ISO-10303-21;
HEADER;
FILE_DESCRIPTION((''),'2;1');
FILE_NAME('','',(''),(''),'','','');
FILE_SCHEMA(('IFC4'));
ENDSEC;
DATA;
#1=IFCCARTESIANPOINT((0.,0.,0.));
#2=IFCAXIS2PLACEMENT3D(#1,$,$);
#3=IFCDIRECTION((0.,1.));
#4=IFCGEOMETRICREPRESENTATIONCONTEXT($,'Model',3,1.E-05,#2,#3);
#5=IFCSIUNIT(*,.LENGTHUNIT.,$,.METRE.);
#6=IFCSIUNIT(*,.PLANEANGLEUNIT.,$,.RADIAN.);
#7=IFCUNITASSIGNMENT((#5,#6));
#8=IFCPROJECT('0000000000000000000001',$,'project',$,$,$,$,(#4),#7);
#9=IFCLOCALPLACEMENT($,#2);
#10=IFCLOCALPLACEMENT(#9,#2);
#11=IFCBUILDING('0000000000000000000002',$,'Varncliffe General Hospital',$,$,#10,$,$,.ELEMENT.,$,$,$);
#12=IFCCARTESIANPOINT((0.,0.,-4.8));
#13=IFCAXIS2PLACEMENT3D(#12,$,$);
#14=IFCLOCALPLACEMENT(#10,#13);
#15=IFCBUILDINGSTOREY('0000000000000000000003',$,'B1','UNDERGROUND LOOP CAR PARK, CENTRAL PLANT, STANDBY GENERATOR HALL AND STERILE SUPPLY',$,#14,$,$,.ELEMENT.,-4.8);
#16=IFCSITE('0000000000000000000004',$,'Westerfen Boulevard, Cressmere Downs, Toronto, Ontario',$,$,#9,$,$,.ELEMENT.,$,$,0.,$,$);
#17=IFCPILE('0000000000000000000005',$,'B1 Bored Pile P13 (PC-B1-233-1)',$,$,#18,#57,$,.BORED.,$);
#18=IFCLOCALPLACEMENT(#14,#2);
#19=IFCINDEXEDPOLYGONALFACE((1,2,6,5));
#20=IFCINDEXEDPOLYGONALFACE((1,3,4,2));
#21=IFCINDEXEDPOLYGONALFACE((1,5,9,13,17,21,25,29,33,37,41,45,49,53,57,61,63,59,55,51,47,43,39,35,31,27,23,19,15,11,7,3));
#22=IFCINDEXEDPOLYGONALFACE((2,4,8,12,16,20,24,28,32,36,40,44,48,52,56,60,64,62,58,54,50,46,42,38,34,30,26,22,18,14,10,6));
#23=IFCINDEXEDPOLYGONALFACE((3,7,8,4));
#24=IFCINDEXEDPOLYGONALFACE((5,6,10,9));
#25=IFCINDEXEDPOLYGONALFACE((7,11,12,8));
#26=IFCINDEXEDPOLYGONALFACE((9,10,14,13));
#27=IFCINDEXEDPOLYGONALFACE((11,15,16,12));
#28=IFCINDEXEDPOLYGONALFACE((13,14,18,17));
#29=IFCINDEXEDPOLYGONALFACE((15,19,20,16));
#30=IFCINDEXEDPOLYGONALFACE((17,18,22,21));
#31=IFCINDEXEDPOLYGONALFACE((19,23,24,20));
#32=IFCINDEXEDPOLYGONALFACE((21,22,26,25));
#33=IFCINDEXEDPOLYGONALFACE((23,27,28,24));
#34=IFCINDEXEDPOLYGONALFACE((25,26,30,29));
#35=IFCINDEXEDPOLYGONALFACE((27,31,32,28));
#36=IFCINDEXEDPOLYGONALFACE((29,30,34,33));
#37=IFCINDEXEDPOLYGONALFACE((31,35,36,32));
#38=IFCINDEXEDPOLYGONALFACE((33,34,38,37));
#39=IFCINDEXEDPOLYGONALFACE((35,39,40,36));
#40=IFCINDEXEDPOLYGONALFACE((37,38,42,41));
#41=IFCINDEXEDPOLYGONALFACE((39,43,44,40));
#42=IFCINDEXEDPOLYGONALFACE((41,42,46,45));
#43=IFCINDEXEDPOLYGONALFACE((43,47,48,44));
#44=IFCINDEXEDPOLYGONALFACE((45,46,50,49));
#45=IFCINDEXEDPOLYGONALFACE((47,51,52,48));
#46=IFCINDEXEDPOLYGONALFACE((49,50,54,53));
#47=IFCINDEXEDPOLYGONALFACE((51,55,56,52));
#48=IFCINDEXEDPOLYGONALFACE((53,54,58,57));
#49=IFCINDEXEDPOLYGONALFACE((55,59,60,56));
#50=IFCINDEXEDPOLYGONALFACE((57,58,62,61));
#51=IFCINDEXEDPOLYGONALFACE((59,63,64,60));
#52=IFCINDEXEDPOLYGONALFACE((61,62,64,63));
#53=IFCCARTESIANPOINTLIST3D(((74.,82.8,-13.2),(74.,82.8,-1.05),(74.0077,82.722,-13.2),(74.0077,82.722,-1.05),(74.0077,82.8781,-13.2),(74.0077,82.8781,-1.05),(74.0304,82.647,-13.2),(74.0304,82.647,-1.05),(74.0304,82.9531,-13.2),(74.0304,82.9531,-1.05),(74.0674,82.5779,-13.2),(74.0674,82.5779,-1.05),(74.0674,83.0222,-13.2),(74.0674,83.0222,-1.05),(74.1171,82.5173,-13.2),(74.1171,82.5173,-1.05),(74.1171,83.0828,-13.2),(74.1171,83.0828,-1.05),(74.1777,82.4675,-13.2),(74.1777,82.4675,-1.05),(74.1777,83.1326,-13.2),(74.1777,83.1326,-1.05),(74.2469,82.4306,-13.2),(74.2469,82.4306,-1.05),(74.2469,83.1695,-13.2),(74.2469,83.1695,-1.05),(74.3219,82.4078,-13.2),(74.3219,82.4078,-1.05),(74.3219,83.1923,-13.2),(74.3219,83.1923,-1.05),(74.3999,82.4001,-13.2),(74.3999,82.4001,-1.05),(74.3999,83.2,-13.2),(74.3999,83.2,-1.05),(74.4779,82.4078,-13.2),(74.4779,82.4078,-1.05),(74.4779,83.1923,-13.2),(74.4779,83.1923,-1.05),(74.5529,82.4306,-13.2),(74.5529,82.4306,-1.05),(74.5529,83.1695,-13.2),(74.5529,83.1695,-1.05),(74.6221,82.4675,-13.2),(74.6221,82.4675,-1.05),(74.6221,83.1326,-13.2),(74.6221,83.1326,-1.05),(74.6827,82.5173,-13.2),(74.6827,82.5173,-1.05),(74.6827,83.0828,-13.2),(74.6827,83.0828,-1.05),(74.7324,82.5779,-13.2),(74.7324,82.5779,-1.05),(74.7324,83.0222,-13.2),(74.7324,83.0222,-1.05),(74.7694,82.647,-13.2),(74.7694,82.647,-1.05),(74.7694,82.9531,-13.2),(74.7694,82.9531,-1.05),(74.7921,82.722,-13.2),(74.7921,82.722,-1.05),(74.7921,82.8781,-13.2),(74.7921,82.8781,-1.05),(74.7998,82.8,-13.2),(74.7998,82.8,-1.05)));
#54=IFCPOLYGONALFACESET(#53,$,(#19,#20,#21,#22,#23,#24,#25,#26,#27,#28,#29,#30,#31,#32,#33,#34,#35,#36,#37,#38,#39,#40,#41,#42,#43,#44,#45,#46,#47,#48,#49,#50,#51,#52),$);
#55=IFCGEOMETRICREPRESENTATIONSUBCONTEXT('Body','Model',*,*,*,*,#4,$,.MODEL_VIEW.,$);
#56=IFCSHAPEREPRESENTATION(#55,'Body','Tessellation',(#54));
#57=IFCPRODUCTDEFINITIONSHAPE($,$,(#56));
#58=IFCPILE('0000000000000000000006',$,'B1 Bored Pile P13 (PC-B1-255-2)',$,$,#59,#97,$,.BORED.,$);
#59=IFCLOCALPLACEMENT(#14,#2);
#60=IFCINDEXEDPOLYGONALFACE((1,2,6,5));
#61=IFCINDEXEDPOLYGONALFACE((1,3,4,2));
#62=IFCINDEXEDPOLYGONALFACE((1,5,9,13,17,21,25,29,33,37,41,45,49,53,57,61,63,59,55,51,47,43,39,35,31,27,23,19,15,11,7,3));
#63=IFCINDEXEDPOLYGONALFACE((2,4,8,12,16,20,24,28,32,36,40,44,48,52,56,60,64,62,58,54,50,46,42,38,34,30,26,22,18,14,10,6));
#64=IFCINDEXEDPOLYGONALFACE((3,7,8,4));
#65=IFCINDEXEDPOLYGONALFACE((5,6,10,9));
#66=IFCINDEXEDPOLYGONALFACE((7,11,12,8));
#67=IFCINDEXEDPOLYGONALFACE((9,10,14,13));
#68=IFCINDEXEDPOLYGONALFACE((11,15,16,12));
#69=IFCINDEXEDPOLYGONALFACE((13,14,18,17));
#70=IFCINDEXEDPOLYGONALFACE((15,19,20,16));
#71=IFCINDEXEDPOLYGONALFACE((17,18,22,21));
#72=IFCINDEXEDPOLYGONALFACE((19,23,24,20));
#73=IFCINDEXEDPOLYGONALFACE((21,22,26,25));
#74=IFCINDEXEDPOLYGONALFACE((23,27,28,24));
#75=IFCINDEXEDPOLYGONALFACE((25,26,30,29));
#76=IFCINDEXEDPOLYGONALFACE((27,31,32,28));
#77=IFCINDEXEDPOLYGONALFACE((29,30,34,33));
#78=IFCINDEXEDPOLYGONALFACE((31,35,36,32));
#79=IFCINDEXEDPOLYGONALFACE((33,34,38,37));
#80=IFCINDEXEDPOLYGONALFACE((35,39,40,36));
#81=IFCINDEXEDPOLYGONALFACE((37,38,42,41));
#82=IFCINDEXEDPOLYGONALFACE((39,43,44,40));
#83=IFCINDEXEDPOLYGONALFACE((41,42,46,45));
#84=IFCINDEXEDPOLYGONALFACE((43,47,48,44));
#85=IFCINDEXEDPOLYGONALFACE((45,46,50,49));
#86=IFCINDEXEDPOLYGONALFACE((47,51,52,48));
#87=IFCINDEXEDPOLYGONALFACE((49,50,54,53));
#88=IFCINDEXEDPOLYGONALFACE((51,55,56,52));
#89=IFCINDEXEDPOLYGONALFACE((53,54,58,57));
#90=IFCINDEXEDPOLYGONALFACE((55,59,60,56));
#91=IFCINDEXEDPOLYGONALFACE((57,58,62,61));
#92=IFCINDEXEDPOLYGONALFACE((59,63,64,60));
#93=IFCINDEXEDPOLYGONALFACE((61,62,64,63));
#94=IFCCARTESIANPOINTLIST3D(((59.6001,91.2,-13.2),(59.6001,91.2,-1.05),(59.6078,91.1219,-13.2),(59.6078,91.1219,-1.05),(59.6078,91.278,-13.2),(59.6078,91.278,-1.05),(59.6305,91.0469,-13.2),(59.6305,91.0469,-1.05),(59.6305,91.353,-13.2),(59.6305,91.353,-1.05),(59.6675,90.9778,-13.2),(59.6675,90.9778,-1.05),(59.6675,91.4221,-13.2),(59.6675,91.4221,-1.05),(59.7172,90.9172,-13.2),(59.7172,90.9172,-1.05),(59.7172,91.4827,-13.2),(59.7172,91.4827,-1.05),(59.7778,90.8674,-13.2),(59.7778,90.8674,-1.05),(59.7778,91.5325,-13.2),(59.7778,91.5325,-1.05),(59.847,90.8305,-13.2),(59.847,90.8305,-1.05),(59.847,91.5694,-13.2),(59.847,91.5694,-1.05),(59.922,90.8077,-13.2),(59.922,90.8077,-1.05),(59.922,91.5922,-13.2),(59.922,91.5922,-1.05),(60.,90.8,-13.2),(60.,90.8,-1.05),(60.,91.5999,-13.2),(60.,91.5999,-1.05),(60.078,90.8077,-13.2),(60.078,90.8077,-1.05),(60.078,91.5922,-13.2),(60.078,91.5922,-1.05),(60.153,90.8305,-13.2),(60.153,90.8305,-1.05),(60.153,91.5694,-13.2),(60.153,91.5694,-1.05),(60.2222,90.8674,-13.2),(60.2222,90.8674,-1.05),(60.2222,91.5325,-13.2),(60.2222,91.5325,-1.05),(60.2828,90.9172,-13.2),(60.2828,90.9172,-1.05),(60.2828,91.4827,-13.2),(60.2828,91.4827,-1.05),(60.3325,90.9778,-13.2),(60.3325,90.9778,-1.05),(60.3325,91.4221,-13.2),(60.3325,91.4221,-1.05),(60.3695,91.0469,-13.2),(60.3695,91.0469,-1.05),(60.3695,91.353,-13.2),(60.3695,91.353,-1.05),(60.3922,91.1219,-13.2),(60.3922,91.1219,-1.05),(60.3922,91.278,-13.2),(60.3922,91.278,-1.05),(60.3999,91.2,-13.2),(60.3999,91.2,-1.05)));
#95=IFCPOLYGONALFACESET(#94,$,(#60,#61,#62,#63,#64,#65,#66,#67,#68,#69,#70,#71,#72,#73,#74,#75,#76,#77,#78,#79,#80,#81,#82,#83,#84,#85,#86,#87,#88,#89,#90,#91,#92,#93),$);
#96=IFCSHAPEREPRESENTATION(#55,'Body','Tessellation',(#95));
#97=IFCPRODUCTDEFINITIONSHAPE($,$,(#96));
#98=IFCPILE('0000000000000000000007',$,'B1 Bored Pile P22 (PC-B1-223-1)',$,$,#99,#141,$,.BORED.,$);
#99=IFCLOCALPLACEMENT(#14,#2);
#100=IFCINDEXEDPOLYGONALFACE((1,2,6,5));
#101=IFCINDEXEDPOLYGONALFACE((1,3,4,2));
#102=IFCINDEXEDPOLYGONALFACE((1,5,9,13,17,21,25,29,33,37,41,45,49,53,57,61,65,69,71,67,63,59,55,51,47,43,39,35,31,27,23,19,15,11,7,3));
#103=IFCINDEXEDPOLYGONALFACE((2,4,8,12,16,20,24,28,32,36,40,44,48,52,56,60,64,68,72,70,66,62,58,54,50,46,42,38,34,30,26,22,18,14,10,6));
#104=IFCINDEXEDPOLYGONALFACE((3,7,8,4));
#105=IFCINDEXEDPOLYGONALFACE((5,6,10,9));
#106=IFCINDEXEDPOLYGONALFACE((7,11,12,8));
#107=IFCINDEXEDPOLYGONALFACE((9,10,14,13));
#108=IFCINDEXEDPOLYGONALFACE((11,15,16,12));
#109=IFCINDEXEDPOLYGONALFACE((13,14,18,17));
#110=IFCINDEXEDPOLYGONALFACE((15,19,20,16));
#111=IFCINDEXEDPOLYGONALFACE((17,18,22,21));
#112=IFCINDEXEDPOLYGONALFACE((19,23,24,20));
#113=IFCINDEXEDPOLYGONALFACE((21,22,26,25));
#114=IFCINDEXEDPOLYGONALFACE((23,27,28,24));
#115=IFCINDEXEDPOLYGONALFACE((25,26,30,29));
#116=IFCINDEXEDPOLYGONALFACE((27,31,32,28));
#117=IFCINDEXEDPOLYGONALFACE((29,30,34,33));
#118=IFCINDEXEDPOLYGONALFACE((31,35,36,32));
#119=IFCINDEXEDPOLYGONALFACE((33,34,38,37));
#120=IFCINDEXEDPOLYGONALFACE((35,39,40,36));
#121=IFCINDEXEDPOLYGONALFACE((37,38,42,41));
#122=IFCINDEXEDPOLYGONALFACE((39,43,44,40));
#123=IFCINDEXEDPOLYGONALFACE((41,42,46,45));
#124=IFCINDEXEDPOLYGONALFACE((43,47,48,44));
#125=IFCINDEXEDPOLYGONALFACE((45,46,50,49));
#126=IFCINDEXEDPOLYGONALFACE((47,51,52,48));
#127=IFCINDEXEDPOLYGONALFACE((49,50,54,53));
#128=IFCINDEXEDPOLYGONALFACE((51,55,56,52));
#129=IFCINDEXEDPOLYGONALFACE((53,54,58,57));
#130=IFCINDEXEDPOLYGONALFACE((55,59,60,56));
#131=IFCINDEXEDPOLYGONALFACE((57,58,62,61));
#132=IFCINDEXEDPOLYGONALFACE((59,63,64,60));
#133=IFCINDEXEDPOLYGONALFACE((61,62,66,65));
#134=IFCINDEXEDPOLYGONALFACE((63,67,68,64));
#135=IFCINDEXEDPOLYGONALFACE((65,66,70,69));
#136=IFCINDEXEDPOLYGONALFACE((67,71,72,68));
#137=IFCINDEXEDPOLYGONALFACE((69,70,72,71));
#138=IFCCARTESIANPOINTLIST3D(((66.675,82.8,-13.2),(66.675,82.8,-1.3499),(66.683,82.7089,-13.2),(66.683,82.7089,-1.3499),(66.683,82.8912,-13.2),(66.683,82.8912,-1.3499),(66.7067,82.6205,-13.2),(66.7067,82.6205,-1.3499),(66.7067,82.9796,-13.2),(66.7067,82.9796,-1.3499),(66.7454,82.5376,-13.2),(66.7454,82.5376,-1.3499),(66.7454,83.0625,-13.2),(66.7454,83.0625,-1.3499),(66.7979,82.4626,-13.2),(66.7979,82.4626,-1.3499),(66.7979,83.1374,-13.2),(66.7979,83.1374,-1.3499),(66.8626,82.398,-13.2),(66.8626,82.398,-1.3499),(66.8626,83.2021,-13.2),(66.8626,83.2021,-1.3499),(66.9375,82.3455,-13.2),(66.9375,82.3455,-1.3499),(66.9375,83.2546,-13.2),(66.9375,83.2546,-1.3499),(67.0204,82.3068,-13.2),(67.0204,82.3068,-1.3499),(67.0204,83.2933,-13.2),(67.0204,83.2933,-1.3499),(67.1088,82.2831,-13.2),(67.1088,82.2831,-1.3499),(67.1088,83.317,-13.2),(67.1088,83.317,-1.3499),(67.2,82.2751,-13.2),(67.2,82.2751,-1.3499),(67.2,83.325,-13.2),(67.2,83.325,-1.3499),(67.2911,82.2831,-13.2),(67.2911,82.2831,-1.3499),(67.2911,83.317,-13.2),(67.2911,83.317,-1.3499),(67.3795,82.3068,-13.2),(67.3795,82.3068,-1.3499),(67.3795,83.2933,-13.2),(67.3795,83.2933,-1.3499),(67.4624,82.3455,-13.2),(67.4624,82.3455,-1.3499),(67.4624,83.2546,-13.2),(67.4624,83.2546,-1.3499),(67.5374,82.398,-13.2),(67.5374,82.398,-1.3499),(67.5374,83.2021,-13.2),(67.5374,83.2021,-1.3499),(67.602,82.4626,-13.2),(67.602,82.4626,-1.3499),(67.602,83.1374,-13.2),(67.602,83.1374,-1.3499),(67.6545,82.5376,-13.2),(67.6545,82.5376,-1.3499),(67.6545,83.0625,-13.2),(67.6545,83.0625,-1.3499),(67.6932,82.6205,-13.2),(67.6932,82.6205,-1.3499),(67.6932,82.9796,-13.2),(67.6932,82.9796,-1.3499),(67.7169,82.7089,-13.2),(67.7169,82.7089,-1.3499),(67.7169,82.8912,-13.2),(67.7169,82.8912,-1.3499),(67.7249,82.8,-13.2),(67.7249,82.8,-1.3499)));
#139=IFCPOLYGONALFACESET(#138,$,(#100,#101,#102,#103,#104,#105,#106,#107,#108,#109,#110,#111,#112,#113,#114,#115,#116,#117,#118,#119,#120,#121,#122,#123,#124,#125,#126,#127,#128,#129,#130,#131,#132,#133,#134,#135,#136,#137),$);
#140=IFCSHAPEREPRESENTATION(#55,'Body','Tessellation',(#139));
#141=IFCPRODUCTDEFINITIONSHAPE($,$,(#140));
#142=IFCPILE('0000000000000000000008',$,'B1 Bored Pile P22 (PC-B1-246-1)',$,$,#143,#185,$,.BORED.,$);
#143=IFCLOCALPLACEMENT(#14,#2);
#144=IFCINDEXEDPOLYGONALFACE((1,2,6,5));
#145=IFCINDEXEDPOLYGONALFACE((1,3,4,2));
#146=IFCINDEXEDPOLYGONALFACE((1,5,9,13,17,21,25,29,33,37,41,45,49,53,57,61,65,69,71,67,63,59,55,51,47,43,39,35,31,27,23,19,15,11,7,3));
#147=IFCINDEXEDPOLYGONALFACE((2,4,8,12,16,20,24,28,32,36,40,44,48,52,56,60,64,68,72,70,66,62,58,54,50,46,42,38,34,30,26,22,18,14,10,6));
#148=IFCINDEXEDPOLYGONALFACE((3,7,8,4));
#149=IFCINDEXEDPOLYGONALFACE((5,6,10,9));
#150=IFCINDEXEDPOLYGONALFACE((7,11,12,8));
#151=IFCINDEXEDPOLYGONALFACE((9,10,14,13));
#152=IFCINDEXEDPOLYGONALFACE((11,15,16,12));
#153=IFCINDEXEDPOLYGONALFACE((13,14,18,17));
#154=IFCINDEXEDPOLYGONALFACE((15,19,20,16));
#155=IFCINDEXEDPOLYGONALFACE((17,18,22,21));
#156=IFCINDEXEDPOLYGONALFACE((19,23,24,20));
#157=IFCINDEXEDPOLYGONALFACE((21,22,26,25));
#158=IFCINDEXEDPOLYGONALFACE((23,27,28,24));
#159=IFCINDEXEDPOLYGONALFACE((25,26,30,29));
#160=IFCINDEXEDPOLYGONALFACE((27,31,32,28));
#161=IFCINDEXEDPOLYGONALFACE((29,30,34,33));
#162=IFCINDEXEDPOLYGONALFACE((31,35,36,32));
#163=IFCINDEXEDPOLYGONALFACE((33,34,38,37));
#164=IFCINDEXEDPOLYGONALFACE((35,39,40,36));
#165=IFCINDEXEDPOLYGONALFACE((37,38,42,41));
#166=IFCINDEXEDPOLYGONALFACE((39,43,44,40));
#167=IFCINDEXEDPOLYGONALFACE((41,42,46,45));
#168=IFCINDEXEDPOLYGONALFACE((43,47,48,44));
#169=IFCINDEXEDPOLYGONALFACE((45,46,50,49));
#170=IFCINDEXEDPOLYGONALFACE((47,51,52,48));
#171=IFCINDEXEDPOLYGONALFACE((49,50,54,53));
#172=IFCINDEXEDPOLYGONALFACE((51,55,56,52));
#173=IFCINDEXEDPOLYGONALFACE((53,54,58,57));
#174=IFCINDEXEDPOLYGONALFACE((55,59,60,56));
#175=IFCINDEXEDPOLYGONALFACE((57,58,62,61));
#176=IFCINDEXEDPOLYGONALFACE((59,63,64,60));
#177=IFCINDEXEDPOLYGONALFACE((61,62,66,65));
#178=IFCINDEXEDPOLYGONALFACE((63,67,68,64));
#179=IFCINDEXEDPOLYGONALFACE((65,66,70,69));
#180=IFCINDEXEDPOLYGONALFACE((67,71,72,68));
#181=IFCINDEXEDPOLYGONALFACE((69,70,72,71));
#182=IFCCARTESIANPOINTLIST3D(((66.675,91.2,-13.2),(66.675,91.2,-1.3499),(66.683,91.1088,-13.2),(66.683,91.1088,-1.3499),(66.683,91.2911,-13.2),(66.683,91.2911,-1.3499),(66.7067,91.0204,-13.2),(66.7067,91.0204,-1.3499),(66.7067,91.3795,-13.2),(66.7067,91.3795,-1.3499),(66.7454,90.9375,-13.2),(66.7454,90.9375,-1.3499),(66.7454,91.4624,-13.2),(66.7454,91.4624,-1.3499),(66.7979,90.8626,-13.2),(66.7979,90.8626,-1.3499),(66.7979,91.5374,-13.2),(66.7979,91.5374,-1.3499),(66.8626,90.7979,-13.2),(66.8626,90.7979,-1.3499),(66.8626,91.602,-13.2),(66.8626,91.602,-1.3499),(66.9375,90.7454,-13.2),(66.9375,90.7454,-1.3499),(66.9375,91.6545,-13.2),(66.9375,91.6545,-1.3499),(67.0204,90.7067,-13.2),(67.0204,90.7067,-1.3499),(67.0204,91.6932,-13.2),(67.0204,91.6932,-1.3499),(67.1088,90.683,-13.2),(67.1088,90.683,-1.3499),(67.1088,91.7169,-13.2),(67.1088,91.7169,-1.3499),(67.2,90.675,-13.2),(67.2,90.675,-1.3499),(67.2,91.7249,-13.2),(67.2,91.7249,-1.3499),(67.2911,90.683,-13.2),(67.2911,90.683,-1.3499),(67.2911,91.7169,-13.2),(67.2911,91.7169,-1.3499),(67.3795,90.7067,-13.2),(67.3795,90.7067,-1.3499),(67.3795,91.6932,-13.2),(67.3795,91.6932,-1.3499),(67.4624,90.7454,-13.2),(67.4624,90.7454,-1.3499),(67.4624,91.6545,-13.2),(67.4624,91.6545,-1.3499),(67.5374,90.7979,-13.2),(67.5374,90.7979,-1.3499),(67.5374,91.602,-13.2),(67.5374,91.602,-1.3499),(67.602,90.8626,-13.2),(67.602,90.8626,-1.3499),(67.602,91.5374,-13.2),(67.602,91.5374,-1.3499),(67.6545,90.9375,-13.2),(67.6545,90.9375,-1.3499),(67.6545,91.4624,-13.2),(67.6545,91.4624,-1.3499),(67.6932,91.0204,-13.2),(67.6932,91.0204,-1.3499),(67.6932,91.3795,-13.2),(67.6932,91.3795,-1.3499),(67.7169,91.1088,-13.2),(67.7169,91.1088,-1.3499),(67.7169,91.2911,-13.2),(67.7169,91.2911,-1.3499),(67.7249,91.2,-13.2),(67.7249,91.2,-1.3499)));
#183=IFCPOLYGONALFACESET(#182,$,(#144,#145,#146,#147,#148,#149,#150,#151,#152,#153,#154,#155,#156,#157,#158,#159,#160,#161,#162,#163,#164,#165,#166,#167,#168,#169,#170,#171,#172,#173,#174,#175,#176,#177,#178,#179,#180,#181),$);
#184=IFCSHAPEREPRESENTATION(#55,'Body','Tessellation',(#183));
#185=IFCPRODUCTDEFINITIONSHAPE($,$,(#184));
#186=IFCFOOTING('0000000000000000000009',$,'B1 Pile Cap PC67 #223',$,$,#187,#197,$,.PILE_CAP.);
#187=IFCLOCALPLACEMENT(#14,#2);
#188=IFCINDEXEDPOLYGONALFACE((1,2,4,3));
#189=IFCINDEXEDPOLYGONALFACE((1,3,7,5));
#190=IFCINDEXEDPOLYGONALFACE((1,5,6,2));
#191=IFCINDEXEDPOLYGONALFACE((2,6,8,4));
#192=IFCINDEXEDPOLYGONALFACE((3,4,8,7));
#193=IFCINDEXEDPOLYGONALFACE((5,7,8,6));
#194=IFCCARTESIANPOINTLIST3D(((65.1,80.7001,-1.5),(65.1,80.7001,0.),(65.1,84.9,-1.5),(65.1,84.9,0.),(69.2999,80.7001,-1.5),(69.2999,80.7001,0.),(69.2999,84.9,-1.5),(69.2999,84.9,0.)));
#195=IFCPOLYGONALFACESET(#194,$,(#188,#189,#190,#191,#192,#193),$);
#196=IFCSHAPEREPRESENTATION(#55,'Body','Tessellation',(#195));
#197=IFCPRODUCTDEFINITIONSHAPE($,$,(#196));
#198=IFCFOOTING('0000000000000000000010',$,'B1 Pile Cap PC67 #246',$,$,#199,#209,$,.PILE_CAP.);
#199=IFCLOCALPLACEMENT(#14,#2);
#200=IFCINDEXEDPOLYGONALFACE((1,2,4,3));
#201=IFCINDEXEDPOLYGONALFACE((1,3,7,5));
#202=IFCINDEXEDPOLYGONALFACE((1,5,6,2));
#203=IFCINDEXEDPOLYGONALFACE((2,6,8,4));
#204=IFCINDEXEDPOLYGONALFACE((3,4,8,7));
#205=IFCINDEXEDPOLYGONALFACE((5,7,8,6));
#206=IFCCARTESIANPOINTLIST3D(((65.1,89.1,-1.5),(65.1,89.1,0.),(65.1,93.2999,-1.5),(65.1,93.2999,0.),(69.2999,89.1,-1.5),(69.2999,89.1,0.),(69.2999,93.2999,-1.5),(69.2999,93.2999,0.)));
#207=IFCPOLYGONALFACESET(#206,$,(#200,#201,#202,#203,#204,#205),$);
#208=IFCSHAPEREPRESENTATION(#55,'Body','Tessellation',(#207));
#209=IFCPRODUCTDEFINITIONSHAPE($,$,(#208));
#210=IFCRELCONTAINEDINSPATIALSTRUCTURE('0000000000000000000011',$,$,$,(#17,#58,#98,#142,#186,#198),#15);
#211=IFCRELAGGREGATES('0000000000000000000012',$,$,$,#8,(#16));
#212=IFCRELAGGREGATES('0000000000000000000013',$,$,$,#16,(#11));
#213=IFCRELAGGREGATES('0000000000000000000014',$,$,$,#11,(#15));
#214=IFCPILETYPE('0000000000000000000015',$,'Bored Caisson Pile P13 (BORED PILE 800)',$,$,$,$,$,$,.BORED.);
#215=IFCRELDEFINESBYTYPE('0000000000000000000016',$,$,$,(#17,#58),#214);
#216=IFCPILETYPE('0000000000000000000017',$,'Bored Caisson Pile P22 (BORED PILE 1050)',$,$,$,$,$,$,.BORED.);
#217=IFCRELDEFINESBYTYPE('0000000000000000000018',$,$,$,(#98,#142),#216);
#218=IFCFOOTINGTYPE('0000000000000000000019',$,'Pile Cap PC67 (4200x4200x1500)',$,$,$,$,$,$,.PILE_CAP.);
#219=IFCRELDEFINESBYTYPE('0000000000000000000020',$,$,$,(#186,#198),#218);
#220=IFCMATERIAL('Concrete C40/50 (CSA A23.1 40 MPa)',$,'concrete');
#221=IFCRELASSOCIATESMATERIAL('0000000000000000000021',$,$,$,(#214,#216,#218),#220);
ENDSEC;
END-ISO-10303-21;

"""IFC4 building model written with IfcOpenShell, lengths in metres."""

from ifc_helpers import new_model, si_unit, direction, frame, origin, origin_2d, place, context, subcontext, project, spatial, rectangle, circle, extrude, material, material_profile, profile_set, type_object, element, save


model = new_model("IFC4")

# Units and contexts
model_context = context("Model", 3, precision=1e-05, world=origin(), true_north=direction((0.0, 1.0)))
body_context = subcontext(model_context, "Body", "Model", "MODEL_VIEW")
ifc_project = project(units=[si_unit("LENGTHUNIT", "METRE"), si_unit("PLANEANGLEUNIT", "RADIAN")], contexts=[model_context])

# Site, building, storey
site_placement = place(None, origin())
site = spatial("IfcSite", under=ifc_project, at=site_placement, Name="Westerfen Boulevard, Cressmere Downs, Toronto, Ontario", CompositionType="ELEMENT", RefElevation=0.0)
building_placement = place(site_placement, origin())
building = spatial("IfcBuilding", under=site, at=building_placement, Name="Varncliffe General Hospital", CompositionType="ELEMENT")
storey_placement = place(building_placement, frame((0.0, 0.0, -4.8)))
storey = spatial("IfcBuildingStorey", under=building, at=storey_placement, Name="B1", Description="UNDERGROUND LOOP CAR PARK, CENTRAL PLANT, STANDBY GENERATOR HALL AND STERILE SUPPLY", CompositionType="ELEMENT", Elevation=-4.8)

# Piles
ifc_material_1 = material(Name="Concrete C40/50 (CSA A23.1 40 MPa)", Category="concrete")
ifc_material_profile_1 = material_profile(ifc_material_1, circle(Radius=0.3999, at=origin_2d()), Name="BORED PILE 800")
ifc_profile_set_1 = profile_set([ifc_material_profile_1], Name="Concrete C40/50 (CSA A23.1 40 MPa)")
pile_type_1 = type_object("IfcPileType", Name="Bored Caisson Pile P13 (BORED PILE 800)", PredefinedType="BORED", material=ifc_profile_set_1)
for number, where, z_axis, x_axis, name in (
    (1, (74.3999, 82.8, -1.05), (0.0, 0.0, -1.0), (1.0, 0.0, 0.0), "B1 Bored Pile P13 (PC-B1-233-1)"),
    (2, (60.0, 91.2, -1.05), (0.0, 0.0, -1.0), (1.0, 0.0, 0.0), "B1 Bored Pile P13 (PC-B1-255-2)"),
):
    element("IfcPile", number, at=place(storey_placement, frame(where, z_axis=z_axis, x_axis=x_axis)), inside=storey, type_object=pile_type_1, Name=name, PredefinedType="BORED", context=body_context, shape_type="SweptSolid", body=[
        extrude(circle(Radius=0.3999, at=origin_2d()), origin(), (0.0, 0.0, 1.0), 12.1499),
    ])
ifc_material_profile_2 = material_profile(ifc_material_1, circle(Radius=0.5249, at=origin_2d()), Name="BORED PILE 1050")
ifc_profile_set_2 = profile_set([ifc_material_profile_2], Name="Concrete C40/50 (CSA A23.1 40 MPa)")
pile_type_2 = type_object("IfcPileType", Name="Bored Caisson Pile P22 (BORED PILE 1050)", PredefinedType="BORED", material=ifc_profile_set_2)
for number, where, z_axis, x_axis, name in (
    (3, (67.2, 82.8, -1.3499), (0.0, 0.0, -1.0), (1.0, 0.0, 0.0), "B1 Bored Pile P22 (PC-B1-223-1)"),
    (4, (67.2, 91.2, -1.3499), (0.0, 0.0, -1.0), (1.0, 0.0, 0.0), "B1 Bored Pile P22 (PC-B1-246-1)"),
):
    element("IfcPile", number, at=place(storey_placement, frame(where, z_axis=z_axis, x_axis=x_axis)), inside=storey, type_object=pile_type_2, Name=name, PredefinedType="BORED", context=body_context, shape_type="SweptSolid", body=[
        extrude(circle(Radius=0.5249, at=origin_2d()), origin(), (0.0, 0.0, 1.0), 11.8501),
    ])

# Footings
footing_type = type_object("IfcFootingType", Name="Pile Cap PC67 (4200x4200x1500)", PredefinedType="PILE_CAP", material=ifc_material_1)
for number, where, z_axis, x_axis, name in (
    (5, (67.2, 82.8, -1.5), (0.0, 0.0, 1.0), (1.0, 0.0, 0.0), "B1 Pile Cap PC67 #223"),
    (6, (67.2, 91.2, -1.5), (0.0, 0.0, 1.0), (1.0, 0.0, 0.0), "B1 Pile Cap PC67 #246"),
):
    element("IfcFooting", number, at=place(storey_placement, frame(where, z_axis=z_axis, x_axis=x_axis)), inside=storey, type_object=footing_type, Name=name, PredefinedType="PILE_CAP", context=body_context, shape_type="SweptSolid", body=[
        extrude(rectangle(XDim=4.2, YDim=4.2, at=origin_2d()), origin(), (0.0, 0.0, 1.0), 1.5),
    ])

save(model, "model.ifc")
